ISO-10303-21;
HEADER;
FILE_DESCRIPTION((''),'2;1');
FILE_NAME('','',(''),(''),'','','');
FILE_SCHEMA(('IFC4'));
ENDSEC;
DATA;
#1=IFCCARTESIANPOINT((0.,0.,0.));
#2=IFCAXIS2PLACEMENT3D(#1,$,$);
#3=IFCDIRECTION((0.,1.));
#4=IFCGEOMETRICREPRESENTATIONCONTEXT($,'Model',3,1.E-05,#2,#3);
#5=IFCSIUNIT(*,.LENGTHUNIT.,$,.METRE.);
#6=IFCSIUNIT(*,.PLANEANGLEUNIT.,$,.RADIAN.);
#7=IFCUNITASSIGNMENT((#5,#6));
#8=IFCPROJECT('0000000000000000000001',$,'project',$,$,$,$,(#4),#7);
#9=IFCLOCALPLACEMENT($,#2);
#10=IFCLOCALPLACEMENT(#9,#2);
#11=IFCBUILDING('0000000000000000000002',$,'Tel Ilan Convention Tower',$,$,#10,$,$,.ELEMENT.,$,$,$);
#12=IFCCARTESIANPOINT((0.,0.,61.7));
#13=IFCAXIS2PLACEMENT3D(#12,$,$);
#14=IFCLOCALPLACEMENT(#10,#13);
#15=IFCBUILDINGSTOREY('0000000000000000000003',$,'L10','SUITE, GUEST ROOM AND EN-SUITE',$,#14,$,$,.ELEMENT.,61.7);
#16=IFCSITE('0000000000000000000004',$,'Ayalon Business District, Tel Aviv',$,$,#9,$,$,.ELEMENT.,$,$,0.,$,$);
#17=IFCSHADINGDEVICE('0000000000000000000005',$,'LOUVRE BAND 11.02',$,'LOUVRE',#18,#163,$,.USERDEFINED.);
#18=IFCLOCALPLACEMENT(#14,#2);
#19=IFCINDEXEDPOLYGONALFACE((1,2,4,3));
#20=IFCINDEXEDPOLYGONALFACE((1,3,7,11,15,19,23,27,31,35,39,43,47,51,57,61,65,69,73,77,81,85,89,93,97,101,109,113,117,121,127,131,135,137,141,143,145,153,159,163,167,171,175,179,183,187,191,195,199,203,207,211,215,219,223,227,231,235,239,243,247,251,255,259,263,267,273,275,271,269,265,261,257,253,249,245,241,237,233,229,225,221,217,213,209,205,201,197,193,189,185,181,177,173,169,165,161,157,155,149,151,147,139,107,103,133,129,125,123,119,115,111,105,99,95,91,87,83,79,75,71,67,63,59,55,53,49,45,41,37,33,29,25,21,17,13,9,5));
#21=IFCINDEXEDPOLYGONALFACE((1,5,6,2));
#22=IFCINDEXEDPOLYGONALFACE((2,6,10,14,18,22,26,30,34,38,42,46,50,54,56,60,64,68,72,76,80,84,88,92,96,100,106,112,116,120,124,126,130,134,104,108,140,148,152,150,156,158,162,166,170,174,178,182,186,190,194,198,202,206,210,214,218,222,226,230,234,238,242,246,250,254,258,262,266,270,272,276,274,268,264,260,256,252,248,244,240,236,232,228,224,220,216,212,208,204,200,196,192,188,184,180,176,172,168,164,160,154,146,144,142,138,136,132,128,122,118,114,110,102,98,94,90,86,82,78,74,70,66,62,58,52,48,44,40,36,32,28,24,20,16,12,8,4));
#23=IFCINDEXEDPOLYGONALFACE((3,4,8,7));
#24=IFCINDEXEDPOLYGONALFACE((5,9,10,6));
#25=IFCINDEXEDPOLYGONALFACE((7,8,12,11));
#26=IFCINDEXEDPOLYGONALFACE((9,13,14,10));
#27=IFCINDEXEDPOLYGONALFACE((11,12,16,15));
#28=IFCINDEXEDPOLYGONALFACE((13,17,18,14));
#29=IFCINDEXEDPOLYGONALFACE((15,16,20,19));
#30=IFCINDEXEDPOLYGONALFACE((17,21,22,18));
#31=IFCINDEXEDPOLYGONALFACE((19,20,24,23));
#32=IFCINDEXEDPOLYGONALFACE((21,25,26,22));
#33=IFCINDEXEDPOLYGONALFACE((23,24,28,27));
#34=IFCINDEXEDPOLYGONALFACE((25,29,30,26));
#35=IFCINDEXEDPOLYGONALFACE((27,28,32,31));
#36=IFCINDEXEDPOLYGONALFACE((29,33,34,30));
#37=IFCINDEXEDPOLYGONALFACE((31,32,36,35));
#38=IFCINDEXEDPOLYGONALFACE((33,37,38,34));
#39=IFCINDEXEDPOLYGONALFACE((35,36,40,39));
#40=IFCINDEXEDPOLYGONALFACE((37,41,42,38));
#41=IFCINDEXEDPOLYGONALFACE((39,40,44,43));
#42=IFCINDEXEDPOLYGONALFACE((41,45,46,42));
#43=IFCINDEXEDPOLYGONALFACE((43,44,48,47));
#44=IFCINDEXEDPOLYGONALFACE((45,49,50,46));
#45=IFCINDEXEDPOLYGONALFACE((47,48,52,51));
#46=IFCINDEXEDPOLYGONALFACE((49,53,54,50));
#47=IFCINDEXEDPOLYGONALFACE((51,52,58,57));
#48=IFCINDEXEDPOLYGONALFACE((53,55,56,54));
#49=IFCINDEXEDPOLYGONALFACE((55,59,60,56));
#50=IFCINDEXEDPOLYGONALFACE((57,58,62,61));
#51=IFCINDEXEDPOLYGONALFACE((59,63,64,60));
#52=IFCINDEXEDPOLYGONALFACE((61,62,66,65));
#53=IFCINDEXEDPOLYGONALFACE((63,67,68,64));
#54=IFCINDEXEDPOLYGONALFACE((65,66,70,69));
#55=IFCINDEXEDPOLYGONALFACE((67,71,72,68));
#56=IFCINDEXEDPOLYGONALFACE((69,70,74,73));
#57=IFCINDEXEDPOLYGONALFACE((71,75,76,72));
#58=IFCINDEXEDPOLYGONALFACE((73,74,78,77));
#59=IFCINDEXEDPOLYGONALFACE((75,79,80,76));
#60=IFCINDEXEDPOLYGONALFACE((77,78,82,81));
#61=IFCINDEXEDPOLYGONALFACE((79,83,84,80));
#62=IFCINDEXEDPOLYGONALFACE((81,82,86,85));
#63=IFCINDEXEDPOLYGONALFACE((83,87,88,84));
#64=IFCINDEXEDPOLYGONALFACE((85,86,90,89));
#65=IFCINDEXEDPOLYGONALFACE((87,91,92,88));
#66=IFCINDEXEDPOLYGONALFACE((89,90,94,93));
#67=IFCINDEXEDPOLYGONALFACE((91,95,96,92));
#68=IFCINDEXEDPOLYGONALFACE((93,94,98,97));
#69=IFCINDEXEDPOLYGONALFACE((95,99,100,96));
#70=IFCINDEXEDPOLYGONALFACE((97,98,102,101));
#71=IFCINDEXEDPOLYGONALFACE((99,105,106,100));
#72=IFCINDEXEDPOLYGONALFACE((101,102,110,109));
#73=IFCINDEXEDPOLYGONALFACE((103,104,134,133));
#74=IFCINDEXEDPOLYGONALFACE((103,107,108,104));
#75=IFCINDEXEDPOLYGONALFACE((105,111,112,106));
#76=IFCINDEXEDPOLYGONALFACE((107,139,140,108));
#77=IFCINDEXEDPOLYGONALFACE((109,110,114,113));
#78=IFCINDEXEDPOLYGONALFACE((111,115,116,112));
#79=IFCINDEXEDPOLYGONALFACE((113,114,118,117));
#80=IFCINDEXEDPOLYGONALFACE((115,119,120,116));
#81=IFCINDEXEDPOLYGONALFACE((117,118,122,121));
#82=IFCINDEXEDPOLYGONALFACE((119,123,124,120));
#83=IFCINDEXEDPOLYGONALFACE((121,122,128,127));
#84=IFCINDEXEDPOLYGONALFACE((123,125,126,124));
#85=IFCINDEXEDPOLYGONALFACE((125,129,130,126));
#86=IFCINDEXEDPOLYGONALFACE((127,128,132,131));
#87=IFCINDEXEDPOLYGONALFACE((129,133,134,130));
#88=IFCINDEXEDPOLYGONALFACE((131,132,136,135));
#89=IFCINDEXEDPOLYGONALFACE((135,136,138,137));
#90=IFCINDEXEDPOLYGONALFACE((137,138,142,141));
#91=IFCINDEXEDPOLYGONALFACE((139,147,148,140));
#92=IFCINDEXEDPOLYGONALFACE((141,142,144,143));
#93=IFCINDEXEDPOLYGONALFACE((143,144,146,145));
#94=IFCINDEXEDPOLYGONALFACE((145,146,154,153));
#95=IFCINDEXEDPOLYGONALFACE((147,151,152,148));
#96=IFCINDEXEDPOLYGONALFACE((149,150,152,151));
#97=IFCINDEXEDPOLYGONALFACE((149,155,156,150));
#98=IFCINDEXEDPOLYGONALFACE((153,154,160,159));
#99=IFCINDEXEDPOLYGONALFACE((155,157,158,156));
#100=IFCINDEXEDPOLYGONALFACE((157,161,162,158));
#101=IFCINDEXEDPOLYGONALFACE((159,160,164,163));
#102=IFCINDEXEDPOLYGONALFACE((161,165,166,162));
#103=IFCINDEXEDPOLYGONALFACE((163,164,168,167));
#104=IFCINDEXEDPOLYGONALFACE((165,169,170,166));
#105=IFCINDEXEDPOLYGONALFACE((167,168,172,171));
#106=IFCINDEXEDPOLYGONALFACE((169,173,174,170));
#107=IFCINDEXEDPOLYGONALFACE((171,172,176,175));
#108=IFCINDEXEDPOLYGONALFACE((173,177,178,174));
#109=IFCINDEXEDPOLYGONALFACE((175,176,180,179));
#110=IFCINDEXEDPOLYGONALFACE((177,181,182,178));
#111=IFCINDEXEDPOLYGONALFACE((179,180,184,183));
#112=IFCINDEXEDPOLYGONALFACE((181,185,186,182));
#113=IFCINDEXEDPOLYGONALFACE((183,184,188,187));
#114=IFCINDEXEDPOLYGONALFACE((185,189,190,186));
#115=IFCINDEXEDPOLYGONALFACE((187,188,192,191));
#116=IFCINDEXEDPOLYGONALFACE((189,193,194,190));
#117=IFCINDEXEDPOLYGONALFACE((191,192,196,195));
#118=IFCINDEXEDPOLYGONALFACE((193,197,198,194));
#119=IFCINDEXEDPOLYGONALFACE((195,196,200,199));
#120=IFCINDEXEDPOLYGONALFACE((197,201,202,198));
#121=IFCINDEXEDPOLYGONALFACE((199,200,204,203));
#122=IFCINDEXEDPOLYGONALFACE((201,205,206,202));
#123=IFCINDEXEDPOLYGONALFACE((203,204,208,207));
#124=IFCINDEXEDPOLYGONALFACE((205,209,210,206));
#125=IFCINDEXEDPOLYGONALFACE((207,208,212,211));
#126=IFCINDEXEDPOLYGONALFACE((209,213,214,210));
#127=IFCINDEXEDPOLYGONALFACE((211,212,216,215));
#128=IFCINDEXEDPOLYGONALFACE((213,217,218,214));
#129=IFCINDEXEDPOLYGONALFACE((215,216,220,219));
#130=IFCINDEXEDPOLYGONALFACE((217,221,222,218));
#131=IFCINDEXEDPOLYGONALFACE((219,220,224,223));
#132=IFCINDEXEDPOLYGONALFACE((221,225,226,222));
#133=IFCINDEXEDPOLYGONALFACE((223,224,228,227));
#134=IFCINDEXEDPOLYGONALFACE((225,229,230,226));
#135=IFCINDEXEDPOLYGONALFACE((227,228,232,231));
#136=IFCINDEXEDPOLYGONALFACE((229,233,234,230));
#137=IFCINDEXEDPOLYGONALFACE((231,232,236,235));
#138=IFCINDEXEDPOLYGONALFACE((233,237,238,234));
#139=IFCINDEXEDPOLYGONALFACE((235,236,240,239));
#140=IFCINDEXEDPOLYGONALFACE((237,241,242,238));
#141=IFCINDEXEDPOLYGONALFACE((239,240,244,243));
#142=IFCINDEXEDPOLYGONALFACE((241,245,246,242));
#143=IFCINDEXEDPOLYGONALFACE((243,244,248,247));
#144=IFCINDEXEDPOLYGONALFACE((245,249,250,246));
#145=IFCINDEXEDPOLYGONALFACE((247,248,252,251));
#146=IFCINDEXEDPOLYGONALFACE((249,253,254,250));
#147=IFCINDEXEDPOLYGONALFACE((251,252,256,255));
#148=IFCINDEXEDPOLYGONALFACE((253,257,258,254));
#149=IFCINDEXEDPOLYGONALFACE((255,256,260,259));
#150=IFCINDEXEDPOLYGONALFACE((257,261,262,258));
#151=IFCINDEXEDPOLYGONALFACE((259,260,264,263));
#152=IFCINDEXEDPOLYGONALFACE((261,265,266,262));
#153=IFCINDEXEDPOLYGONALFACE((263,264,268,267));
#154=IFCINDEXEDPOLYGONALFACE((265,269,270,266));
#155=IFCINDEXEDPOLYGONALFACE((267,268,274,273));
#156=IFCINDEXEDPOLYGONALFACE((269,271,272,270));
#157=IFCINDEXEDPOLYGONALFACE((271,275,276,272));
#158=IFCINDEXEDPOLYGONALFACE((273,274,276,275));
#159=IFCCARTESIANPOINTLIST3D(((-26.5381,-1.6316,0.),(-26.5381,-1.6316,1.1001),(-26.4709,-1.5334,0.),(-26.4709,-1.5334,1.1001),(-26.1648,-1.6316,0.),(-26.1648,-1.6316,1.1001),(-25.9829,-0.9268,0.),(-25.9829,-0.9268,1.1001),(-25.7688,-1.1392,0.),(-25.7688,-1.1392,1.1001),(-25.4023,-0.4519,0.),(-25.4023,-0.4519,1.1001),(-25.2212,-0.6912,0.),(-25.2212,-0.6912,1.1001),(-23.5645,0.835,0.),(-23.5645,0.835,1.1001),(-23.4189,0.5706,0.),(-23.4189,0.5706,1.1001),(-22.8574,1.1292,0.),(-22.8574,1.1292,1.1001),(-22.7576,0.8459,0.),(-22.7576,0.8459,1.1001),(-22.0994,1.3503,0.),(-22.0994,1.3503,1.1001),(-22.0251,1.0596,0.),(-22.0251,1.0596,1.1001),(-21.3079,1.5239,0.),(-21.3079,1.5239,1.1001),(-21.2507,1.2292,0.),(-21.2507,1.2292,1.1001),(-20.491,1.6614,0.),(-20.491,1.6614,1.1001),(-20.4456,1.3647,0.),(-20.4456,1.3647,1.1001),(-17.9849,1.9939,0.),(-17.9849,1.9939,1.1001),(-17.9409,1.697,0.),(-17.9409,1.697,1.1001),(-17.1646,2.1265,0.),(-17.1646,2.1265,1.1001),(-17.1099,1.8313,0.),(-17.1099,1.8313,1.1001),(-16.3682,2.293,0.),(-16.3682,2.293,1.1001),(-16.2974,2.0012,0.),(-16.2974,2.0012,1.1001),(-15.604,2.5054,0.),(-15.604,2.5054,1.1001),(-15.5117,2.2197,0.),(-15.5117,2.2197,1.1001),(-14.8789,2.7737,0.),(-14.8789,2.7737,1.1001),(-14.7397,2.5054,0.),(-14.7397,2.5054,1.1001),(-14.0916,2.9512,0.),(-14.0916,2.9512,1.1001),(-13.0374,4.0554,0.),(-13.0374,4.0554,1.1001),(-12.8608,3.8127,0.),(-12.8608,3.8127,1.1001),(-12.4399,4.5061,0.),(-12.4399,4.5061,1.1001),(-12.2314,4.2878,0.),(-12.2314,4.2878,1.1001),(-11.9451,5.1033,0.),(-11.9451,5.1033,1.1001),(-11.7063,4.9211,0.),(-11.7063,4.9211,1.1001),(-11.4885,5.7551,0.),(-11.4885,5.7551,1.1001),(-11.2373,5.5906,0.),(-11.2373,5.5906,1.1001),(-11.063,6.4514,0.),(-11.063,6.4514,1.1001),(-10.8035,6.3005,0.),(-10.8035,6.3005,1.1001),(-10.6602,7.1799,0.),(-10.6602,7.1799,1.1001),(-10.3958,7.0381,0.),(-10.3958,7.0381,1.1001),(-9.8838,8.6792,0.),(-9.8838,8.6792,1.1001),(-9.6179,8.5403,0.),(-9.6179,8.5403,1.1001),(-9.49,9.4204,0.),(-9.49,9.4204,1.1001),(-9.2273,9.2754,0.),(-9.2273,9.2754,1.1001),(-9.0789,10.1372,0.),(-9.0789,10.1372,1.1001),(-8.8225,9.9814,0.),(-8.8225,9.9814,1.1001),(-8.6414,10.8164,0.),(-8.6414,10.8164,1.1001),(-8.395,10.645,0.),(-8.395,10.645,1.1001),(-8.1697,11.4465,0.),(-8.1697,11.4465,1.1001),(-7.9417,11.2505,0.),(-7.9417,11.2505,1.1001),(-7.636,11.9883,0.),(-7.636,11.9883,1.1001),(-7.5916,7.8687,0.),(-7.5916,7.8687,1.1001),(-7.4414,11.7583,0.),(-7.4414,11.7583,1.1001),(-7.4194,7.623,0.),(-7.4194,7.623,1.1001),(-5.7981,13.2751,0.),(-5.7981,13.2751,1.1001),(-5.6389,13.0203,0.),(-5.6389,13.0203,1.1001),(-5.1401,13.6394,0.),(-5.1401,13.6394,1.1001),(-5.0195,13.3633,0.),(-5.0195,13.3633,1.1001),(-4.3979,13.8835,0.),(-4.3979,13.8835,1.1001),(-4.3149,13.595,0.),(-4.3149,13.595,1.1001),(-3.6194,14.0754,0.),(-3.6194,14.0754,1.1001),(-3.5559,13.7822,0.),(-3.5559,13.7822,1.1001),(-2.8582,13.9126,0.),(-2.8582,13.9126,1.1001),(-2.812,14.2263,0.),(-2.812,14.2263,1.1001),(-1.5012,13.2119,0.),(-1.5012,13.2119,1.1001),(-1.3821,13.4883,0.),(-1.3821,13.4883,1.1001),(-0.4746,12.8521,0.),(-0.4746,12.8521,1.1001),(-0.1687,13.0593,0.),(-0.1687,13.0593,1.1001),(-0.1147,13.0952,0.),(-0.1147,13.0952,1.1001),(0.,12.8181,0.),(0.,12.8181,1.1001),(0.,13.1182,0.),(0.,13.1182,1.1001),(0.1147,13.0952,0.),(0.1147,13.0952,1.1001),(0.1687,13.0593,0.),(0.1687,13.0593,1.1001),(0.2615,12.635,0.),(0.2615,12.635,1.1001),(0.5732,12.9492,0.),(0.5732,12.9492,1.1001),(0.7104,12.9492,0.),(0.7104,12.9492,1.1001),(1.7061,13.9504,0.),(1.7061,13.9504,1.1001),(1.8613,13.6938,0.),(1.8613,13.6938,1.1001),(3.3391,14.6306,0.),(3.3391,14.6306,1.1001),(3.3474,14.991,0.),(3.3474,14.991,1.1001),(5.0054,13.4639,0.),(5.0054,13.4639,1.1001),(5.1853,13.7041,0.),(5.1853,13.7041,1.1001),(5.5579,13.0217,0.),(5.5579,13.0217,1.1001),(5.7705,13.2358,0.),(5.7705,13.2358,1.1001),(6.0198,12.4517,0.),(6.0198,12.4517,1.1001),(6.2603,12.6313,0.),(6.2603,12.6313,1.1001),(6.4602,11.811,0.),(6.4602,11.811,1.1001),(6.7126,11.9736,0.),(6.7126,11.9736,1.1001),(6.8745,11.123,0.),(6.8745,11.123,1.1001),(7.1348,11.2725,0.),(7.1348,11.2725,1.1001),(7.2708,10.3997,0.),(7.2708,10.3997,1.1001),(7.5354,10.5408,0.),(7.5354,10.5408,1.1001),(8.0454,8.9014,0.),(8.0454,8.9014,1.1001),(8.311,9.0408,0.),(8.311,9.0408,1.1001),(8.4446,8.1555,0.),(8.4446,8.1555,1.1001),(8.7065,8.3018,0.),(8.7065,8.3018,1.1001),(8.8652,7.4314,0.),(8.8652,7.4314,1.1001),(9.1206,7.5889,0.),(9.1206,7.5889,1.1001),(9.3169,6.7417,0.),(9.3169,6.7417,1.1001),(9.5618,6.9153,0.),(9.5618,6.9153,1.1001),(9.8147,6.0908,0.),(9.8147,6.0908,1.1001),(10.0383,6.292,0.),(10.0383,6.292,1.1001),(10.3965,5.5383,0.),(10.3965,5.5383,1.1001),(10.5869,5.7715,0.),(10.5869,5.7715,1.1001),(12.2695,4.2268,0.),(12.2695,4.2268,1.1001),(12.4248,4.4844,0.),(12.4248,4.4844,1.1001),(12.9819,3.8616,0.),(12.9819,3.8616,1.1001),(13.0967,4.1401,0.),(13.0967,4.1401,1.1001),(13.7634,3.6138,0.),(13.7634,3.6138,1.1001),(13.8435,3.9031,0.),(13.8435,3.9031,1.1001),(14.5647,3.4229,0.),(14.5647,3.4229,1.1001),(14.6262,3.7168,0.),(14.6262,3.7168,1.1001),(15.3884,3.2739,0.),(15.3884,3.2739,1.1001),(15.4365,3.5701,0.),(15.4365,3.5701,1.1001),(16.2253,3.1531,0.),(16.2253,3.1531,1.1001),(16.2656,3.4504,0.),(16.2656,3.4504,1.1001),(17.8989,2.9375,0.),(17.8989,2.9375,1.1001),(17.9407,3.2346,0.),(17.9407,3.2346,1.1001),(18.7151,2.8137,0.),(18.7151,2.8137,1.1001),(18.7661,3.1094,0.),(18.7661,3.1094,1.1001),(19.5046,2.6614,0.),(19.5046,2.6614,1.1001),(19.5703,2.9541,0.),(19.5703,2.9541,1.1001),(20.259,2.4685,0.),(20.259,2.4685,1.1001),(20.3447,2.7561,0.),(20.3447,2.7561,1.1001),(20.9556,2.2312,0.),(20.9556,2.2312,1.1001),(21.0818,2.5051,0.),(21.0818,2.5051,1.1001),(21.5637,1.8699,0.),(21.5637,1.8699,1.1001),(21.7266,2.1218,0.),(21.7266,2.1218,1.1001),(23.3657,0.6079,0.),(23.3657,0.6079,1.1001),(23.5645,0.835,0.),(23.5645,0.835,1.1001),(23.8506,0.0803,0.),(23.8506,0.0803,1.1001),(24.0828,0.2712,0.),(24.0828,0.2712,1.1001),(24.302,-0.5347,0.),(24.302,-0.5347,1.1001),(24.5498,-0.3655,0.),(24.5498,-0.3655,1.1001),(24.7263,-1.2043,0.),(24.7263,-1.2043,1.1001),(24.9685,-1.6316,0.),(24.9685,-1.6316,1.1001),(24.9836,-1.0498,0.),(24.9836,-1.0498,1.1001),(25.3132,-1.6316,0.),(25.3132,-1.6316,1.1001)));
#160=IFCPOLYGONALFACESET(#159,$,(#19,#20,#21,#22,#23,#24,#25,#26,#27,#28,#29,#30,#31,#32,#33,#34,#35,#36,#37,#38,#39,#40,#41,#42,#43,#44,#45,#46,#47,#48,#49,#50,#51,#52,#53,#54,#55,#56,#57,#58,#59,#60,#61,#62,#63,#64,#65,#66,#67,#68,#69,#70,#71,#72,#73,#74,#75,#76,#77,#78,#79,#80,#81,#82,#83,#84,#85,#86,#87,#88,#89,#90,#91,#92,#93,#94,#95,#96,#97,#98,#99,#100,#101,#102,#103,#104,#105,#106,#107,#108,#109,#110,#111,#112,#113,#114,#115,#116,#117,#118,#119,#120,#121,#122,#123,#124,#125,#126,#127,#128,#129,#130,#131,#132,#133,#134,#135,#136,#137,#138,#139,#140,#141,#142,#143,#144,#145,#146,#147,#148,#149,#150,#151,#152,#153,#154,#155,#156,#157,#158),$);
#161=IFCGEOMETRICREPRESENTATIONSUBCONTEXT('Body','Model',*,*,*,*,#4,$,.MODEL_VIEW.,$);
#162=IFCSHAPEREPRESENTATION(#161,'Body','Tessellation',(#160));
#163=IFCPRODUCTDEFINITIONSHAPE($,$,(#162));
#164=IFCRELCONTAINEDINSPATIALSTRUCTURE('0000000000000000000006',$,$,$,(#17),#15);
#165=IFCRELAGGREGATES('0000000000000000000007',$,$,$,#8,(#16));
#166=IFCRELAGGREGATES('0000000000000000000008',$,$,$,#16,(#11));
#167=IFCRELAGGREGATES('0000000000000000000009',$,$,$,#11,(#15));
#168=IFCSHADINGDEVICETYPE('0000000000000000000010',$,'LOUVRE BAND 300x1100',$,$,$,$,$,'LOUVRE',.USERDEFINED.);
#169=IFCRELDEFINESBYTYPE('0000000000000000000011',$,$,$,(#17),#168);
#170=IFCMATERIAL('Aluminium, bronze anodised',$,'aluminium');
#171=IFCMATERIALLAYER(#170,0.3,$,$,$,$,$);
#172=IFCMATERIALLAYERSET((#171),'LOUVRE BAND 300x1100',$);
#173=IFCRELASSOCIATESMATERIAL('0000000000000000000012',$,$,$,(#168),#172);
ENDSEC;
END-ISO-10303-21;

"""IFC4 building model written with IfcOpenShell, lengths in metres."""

from ifc_helpers import new_model, si_unit, direction, frame, origin, place, context, subcontext, project, spatial, polyline, outline, extrude, material, layer, layer_set, type_object, element, save


model = new_model("IFC4")

# Units and contexts
model_context = context("Model", 3, precision=1e-05, world=origin(), true_north=direction((0.0, 1.0)))
body_context = subcontext(model_context, "Body", "Model", "MODEL_VIEW")
ifc_project = project(units=[si_unit("LENGTHUNIT", "METRE"), si_unit("PLANEANGLEUNIT", "RADIAN")], contexts=[model_context])

# Site, building, storey
site_placement = place(None, origin())
site = spatial("IfcSite", under=ifc_project, at=site_placement, Name="Ayalon Business District, Tel Aviv", CompositionType="ELEMENT", RefElevation=0.0)
building_placement = place(site_placement, origin())
building = spatial("IfcBuilding", under=site, at=building_placement, Name="Tel Ilan Convention Tower", CompositionType="ELEMENT")
storey_placement = place(building_placement, frame((0.0, 0.0, 61.7)))
storey = spatial("IfcBuildingStorey", under=building, at=storey_placement, Name="L10", Description="SUITE, GUEST ROOM AND EN-SUITE", CompositionType="ELEMENT", Elevation=61.7)

# Shading device
ifc_material_1 = material(Name="Aluminium, bronze anodised", Category="aluminium")
ifc_layer_1 = layer(ifc_material_1, 0.3)
ifc_layer_set_1 = layer_set([ifc_layer_1], Name="LOUVRE BAND 300x1100")
shading_device_type = type_object("IfcShadingDeviceType", Name="LOUVRE BAND 300x1100", ElementType="LOUVRE", PredefinedType="USERDEFINED", material=ifc_layer_set_1)
shading_device_1_placement = place(storey_placement, origin())
element("IfcShadingDevice", 1, at=shading_device_1_placement, inside=storey, type_object=shading_device_type, Name="LOUVRE BAND 11.02", ObjectType="LOUVRE", PredefinedType="USERDEFINED", context=body_context, shape_type="SweptSolid", body=[
    extrude(outline(polyline([(-26.4709, -1.5334), (-26.5381, -1.6316), (-26.1648, -1.6316), (-25.7688, -1.1392), (-25.2212, -0.6912), (-23.4189, 0.5706), (-22.7576, 0.8459), (-22.0251, 1.0596), (-21.2507, 1.2292), (-20.4456, 1.3647), (-17.9409, 1.697), (-17.1099, 1.8313), (-16.2974, 2.0012), (-15.5117, 2.2197), (-14.7397, 2.5054), (-14.0916, 2.9512), (-12.8608, 3.8127), (-12.2314, 4.2878), (-11.7063, 4.9211), (-11.2373, 5.5906), (-10.8035, 6.3005), (-10.3958, 7.0381), (-9.6179, 8.5403), (-9.2273, 9.2754), (-8.8225, 9.9814), (-8.395, 10.645), (-7.9417, 11.2505), (-7.4414, 11.7583), (-5.6389, 13.0203), (-5.0195, 13.3633), (-4.3149, 13.595), (-3.5559, 13.7822), (-2.8582, 13.9126), (-1.5012, 13.2119), (-0.4746, 12.8521), (-7.5916, 7.8687), (-7.4194, 7.623), (0.0, 12.8181), (0.2615, 12.635), (0.7104, 12.9492), (0.5732, 12.9492), (1.8613, 13.6938), (3.3391, 14.6306), (5.0054, 13.4639), (5.5579, 13.0217), (6.0198, 12.4517), (6.4602, 11.811), (6.8745, 11.123), (7.2708, 10.3997), (8.0454, 8.9014), (8.4446, 8.1555), (8.8652, 7.4314), (9.3169, 6.7417), (9.8147, 6.0908), (10.3965, 5.5383), (12.2695, 4.2268), (12.9819, 3.8616), (13.7634, 3.6138), (14.5647, 3.4229), (15.3884, 3.2739), (16.2253, 3.1531), (17.8989, 2.9375), (18.7151, 2.8137), (19.5046, 2.6614), (20.259, 2.4685), (20.9556, 2.2312), (21.5637, 1.8699), (23.3657, 0.6079), (23.8506, 0.0803), (24.302, -0.5347), (24.7263, -1.2043), (24.9685, -1.6316), (25.3132, -1.6316), (24.9836, -1.0498), (24.5498, -0.3655), (24.0828, 0.2712), (23.5645, 0.835), (21.7266, 2.1218), (21.0818, 2.5051), (20.3447, 2.7561), (19.5703, 2.9541), (18.7661, 3.1094), (17.9407, 3.2346), (16.2656, 3.4504), (15.4365, 3.5701), (14.6262, 3.7168), (13.8435, 3.9031), (13.0967, 4.1401), (12.4248, 4.4844), (10.5869, 5.7715), (10.0383, 6.292), (9.5618, 6.9153), (9.1206, 7.5889), (8.7065, 8.3018), (8.311, 9.0408), (7.5354, 10.5408), (7.1348, 11.2725), (6.7126, 11.9736), (6.2603, 12.6313), (5.7705, 13.2358), (5.1853, 13.7041), (3.3474, 14.991), (1.7061, 13.9504), (0.1687, 13.0593), (0.1147, 13.0952), (0.0, 13.1182), (-0.1147, 13.0952), (-0.1687, 13.0593), (-1.3821, 13.4883), (-2.812, 14.2263), (-3.6194, 14.0754), (-4.3979, 13.8835), (-5.1401, 13.6394), (-5.7981, 13.2751), (-7.636, 11.9883), (-8.1697, 11.4465), (-8.6414, 10.8164), (-9.0789, 10.1372), (-9.49, 9.4204), (-9.8838, 8.6792), (-10.6602, 7.1799), (-11.063, 6.4514), (-11.4885, 5.7551), (-11.9451, 5.1033), (-12.4399, 4.5061), (-13.0374, 4.0554), (-14.8789, 2.7737), (-15.604, 2.5054), (-16.3682, 2.293), (-17.1646, 2.1265), (-17.9849, 1.9939), (-20.491, 1.6614), (-21.3079, 1.5239), (-22.0994, 1.3503), (-22.8574, 1.1292), (-23.5645, 0.835), (-25.4023, -0.4519), (-25.9829, -0.9268), (-26.4709, -1.5334)])), origin(), (0.0, 0.0, 1.0), 1.1001),
])

save(model, "model.ifc")
